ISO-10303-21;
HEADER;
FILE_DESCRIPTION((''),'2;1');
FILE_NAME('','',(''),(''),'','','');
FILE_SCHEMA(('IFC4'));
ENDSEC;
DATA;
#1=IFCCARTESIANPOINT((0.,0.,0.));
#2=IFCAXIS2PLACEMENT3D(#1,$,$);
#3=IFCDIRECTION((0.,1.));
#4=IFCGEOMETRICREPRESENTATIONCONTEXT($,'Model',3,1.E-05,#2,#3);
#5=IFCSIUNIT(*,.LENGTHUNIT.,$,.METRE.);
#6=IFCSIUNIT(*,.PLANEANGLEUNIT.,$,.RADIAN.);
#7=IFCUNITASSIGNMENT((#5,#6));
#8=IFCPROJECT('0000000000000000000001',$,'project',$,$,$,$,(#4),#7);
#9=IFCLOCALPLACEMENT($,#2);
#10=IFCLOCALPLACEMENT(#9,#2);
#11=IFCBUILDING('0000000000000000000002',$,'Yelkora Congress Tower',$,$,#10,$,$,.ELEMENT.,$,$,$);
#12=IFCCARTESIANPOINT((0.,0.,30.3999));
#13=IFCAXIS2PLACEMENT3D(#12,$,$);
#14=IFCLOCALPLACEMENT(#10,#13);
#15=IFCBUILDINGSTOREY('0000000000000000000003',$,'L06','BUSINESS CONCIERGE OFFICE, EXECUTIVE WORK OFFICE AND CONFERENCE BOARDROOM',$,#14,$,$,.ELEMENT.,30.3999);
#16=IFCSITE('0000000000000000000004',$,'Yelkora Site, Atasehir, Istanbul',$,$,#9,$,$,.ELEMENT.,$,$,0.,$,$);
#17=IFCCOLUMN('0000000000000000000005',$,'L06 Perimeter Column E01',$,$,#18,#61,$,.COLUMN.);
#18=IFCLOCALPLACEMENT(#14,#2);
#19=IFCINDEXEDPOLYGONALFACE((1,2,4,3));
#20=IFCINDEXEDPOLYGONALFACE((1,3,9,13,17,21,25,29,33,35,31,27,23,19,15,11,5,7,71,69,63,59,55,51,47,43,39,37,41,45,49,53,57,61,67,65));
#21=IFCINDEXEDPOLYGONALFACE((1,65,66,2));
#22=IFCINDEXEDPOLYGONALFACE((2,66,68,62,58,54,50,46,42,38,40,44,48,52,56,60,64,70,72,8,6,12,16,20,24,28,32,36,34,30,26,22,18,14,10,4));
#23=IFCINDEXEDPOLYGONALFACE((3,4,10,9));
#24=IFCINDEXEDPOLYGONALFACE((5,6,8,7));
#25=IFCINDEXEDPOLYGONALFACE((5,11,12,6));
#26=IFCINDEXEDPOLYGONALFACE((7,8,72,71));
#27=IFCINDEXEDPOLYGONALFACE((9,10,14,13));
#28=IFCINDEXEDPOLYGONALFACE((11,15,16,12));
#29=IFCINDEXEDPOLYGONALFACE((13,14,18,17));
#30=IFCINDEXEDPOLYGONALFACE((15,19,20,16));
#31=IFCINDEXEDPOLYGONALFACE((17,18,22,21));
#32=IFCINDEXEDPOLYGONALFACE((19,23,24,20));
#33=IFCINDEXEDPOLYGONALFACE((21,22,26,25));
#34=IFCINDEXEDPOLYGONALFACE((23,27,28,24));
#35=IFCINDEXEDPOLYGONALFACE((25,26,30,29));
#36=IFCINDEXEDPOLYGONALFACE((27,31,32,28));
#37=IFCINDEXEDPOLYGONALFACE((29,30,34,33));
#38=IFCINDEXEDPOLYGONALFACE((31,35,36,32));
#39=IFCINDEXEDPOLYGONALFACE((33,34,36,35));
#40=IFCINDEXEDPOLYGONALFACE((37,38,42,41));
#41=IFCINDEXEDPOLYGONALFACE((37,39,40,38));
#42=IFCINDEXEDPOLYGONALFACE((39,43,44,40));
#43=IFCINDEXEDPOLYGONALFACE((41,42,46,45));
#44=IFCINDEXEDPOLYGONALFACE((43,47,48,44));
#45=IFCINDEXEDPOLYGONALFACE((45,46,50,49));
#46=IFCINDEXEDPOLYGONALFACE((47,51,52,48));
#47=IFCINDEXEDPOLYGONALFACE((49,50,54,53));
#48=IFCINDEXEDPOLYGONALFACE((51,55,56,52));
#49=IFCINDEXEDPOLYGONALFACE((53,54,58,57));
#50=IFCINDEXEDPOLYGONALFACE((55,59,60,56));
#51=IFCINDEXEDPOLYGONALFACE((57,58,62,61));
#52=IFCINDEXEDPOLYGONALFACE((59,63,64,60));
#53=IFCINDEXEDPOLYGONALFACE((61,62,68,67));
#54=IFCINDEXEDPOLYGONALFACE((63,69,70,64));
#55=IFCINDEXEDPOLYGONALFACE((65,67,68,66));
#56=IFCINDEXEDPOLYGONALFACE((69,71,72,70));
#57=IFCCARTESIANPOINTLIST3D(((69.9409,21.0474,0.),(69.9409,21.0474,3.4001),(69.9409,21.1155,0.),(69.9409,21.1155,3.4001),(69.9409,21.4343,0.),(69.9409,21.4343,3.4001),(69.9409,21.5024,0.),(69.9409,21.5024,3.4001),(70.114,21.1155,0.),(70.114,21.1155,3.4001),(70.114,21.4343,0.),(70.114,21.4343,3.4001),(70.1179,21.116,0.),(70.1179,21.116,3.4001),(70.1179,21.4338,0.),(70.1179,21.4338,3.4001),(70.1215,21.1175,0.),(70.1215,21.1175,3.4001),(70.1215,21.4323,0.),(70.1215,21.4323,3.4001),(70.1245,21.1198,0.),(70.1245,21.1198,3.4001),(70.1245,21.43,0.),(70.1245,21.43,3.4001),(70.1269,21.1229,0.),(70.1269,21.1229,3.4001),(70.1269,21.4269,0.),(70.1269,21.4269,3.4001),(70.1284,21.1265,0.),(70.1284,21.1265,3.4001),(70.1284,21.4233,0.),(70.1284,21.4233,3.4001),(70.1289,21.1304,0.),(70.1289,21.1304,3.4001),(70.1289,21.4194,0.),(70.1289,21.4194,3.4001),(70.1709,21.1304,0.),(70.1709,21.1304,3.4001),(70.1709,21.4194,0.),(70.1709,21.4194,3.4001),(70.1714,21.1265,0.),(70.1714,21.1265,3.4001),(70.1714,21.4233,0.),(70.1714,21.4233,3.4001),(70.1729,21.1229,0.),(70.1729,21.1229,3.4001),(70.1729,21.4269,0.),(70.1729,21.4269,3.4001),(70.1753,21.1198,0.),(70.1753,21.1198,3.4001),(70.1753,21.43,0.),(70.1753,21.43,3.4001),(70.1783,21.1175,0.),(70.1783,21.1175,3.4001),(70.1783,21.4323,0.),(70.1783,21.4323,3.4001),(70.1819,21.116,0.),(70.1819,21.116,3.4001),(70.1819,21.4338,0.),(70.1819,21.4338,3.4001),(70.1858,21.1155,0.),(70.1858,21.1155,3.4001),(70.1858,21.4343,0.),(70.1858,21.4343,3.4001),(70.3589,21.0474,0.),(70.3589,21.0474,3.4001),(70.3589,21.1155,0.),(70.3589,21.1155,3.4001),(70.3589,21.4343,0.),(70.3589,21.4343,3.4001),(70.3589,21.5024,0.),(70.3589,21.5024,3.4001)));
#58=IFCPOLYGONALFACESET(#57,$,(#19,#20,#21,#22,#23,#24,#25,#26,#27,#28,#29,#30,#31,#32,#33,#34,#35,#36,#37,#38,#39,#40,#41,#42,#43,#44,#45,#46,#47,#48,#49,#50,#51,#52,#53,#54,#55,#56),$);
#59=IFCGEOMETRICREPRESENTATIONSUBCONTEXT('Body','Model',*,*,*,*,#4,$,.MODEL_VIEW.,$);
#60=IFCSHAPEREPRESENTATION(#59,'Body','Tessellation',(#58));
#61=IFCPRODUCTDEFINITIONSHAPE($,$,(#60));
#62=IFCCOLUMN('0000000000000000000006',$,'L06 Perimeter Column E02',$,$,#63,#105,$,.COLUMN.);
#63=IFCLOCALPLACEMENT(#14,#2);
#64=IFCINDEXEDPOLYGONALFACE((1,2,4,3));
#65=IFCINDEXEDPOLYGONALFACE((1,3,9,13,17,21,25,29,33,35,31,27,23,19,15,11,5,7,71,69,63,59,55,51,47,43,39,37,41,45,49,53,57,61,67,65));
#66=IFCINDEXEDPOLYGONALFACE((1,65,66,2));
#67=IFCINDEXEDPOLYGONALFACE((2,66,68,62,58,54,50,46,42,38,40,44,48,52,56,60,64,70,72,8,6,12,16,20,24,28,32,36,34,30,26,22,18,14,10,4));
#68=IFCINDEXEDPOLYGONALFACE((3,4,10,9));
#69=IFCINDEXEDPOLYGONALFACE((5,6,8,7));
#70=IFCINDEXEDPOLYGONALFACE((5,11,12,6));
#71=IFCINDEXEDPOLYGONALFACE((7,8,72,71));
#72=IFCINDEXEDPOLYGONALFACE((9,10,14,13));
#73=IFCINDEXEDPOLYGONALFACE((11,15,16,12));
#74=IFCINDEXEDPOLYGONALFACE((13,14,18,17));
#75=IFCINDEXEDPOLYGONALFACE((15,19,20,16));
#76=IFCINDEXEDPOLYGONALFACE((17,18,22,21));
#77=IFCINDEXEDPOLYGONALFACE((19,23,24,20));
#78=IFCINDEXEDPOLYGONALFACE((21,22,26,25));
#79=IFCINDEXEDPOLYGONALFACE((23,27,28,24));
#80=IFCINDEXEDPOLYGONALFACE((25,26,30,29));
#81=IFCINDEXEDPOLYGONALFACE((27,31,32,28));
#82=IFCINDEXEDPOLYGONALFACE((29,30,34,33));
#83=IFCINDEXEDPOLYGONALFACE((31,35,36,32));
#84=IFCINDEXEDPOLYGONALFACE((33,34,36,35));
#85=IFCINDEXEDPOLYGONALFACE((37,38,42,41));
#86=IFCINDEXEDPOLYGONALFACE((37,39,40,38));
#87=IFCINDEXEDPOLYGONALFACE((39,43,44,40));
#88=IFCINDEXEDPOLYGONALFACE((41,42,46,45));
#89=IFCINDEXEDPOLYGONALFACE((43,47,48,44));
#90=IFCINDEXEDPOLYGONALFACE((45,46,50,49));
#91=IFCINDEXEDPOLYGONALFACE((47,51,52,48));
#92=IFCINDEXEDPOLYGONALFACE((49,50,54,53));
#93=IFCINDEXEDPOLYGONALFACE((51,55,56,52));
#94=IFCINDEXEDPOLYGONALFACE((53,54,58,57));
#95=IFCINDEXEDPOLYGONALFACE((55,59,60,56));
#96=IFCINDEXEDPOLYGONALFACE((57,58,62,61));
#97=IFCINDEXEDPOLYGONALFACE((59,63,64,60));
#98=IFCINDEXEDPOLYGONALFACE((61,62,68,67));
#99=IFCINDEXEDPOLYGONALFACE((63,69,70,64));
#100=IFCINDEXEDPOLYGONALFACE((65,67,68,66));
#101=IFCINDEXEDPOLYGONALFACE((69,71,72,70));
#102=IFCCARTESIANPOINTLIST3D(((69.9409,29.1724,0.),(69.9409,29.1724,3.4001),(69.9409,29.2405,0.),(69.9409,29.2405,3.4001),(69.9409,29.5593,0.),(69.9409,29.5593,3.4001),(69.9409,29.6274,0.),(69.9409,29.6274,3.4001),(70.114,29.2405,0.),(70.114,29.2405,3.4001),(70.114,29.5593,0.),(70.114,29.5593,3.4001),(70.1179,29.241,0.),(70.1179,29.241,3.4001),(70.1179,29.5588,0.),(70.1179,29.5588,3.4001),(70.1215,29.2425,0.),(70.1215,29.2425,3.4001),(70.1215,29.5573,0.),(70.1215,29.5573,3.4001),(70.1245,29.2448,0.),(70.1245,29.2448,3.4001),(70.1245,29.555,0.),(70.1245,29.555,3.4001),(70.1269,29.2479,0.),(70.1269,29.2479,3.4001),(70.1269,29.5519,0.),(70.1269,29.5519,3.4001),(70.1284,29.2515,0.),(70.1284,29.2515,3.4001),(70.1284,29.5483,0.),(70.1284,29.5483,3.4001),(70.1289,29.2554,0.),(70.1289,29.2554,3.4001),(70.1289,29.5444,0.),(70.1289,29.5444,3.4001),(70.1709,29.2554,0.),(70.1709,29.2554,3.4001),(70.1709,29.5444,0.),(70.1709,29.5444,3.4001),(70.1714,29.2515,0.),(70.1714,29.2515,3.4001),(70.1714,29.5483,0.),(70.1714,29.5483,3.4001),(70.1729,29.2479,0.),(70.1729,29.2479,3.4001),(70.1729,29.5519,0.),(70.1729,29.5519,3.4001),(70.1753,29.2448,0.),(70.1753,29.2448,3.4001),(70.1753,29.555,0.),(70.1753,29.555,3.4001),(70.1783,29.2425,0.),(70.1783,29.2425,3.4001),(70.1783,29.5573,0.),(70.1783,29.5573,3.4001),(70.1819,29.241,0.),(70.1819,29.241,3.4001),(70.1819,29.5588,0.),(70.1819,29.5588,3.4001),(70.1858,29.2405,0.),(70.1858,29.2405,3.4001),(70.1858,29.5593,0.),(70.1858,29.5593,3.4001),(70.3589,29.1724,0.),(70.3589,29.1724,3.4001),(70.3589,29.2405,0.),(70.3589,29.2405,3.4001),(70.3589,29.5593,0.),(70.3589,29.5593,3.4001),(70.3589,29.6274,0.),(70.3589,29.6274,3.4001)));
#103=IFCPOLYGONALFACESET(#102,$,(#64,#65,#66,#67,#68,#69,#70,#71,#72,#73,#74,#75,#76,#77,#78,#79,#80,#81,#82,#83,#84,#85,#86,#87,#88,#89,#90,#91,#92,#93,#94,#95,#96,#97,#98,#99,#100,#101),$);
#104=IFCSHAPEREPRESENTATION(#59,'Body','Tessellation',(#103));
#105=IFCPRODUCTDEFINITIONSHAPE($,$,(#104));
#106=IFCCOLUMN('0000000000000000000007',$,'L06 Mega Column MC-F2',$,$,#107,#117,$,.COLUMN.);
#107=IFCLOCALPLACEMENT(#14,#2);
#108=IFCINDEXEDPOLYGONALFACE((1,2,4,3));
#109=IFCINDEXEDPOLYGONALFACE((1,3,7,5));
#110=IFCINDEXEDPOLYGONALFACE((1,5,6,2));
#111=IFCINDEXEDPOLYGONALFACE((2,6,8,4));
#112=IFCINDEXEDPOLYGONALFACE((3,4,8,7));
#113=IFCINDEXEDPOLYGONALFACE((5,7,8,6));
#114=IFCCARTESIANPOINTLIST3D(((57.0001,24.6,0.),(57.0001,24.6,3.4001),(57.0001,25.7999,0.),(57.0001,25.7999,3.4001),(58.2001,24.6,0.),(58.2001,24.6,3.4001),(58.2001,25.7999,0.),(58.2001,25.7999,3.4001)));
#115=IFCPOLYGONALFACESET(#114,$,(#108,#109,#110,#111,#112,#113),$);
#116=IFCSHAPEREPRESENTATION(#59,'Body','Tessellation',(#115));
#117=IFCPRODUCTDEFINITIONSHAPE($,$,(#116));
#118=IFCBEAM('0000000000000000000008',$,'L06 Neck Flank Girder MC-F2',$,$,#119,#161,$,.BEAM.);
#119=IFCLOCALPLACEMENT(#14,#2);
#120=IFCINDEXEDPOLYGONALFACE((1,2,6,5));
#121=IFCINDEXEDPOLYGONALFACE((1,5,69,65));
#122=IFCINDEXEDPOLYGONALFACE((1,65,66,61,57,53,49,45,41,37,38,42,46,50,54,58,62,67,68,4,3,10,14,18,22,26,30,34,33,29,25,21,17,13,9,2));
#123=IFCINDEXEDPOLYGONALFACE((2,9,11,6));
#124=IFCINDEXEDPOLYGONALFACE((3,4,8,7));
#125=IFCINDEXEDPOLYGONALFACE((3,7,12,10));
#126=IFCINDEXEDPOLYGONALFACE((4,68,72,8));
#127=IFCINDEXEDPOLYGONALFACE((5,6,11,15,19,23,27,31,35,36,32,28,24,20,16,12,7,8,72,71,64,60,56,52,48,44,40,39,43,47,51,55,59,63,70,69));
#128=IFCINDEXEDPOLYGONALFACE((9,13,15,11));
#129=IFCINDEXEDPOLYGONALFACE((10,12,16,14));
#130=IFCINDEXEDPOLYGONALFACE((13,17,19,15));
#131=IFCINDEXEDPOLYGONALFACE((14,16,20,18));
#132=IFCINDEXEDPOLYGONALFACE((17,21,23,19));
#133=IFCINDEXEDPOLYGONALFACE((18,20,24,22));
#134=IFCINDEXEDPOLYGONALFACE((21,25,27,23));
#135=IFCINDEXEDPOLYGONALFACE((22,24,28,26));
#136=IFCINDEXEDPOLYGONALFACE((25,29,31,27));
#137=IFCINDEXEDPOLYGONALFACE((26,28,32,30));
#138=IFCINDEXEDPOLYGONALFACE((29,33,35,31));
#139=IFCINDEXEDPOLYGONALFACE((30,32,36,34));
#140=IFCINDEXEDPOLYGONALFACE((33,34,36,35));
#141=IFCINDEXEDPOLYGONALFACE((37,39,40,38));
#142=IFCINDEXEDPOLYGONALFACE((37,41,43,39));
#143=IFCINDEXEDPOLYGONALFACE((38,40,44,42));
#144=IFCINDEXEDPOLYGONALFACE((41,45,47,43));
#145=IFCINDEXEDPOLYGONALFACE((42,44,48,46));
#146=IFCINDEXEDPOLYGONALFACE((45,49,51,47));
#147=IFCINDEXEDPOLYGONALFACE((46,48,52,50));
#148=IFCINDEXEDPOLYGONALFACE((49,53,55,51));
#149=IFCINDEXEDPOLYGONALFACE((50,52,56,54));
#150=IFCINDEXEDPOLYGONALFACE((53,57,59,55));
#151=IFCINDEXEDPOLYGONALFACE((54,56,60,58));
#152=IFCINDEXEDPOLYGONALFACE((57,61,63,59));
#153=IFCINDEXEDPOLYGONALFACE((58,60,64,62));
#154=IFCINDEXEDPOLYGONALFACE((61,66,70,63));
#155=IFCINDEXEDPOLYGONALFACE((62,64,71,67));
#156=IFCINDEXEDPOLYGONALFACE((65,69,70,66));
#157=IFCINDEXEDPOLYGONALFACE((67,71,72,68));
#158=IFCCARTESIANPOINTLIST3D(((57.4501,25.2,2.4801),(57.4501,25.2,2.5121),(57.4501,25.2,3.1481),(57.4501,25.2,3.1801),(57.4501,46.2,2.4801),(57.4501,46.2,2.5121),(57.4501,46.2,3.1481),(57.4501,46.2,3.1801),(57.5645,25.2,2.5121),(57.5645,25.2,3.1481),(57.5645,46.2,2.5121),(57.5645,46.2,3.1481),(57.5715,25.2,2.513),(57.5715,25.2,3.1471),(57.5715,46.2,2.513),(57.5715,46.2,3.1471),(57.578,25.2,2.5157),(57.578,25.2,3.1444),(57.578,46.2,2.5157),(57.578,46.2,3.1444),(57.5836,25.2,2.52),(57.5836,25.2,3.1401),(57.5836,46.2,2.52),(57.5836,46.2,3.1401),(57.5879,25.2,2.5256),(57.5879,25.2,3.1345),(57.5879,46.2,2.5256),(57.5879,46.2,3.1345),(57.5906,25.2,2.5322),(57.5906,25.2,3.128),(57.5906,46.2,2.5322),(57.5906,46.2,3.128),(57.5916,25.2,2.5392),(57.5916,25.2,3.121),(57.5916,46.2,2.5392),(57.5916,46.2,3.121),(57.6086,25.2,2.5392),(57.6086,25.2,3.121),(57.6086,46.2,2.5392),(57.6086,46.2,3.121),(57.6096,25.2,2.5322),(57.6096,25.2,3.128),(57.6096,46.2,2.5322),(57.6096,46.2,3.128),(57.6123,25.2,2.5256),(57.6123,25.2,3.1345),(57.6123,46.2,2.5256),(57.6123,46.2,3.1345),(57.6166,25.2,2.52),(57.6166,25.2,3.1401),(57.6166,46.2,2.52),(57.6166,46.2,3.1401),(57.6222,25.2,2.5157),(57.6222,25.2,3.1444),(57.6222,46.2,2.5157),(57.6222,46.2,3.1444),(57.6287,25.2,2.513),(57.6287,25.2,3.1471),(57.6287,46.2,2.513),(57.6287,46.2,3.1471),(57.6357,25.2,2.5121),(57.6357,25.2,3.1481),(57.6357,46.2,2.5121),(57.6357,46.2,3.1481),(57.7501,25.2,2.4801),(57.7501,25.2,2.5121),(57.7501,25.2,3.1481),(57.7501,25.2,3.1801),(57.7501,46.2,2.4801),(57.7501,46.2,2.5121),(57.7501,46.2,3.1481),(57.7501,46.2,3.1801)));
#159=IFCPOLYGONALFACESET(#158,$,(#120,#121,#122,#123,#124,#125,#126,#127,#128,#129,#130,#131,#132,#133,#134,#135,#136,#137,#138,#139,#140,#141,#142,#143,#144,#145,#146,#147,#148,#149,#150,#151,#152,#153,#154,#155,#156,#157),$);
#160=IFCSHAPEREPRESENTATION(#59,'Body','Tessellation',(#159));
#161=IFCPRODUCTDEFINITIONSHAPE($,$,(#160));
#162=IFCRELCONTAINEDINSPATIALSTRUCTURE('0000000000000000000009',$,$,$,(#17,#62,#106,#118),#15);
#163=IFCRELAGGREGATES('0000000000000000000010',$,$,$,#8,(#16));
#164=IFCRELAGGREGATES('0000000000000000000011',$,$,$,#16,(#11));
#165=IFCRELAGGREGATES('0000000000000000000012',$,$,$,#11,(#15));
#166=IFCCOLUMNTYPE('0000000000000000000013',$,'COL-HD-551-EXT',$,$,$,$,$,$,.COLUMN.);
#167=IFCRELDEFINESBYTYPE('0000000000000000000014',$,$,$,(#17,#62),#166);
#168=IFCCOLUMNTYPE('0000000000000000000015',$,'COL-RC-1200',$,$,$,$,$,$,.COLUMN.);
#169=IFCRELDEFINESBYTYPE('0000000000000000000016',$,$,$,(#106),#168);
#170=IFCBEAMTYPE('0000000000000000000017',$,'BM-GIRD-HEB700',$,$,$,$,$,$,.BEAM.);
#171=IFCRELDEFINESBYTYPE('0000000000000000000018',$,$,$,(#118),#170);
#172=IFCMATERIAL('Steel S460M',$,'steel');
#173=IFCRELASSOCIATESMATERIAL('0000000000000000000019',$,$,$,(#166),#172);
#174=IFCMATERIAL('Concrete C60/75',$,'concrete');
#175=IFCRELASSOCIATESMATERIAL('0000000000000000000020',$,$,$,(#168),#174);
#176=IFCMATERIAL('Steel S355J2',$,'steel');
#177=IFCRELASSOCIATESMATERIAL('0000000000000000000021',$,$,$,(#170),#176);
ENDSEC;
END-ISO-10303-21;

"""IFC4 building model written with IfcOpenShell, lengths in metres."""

from ifc_helpers import new_model, si_unit, direction, frame, origin, origin_2d, place, context, subcontext, project, spatial, rectangle, i_section, extrude, material, material_profile, profile_set, type_object, element, save


model = new_model("IFC4")

# Units and contexts
model_context = context("Model", 3, precision=1e-05, world=origin(), true_north=direction((0.0, 1.0)))
body_context = subcontext(model_context, "Body", "Model", "MODEL_VIEW")
ifc_project = project(units=[si_unit("LENGTHUNIT", "METRE"), si_unit("PLANEANGLEUNIT", "RADIAN")], contexts=[model_context])

# Site, building, storey
site_placement = place(None, origin())
site = spatial("IfcSite", under=ifc_project, at=site_placement, Name="Yelkora Site, Atasehir, Istanbul", CompositionType="ELEMENT", RefElevation=0.0)
building_placement = place(site_placement, origin())
building = spatial("IfcBuilding", under=site, at=building_placement, Name="Yelkora Congress Tower", CompositionType="ELEMENT")
storey_placement = place(building_placement, frame((0.0, 0.0, 30.3999)))
storey = spatial("IfcBuildingStorey", under=building, at=storey_placement, Name="L06", Description="BUSINESS CONCIERGE OFFICE, EXECUTIVE WORK OFFICE AND CONFERENCE BOARDROOM", CompositionType="ELEMENT", Elevation=30.3999)

# Columns
ifc_material_1 = material(Name="Steel S460M", Category="steel")
ifc_material_profile_1 = material_profile(ifc_material_1, i_section(OverallWidth=0.418, OverallDepth=0.4551, WebThickness=0.042, FlangeThickness=0.0681, FilletRadius=0.0149, at=origin_2d()), Name="HD 400x551")
ifc_profile_set_1 = profile_set([ifc_material_profile_1], Name="Steel S460M")
column_type_1 = type_object("IfcColumnType", Name="COL-HD-551-EXT", PredefinedType="COLUMN", material=ifc_profile_set_1)
for number, where, z_axis, x_axis, name in (
    (1, (70.1499, 21.2749, 0.0), (0.0, 0.0, 1.0), (1.0, 0.0, 0.0), "L06 Perimeter Column E01"),
    (2, (70.1499, 29.3999, 0.0), (0.0, 0.0, 1.0), (1.0, 0.0, 0.0), "L06 Perimeter Column E02"),
):
    element("IfcColumn", number, at=place(storey_placement, frame(where, z_axis=z_axis, x_axis=x_axis)), inside=storey, type_object=column_type_1, Name=name, PredefinedType="COLUMN", context=body_context, shape_type="SweptSolid", body=[
        extrude(i_section(OverallWidth=0.418, OverallDepth=0.4551, WebThickness=0.042, FlangeThickness=0.0681, FilletRadius=0.0149, at=origin_2d()), origin(), (0.0, 0.0, 1.0), 3.4001),
    ])
ifc_material_2 = material(Name="Concrete C60/75", Category="concrete")
ifc_material_profile_2 = material_profile(ifc_material_2, rectangle(XDim=1.2, YDim=1.2, at=origin_2d()), Name="RC 1200x1200")
ifc_profile_set_2 = profile_set([ifc_material_profile_2], Name="Concrete C60/75")
column_type_2 = type_object("IfcColumnType", Name="COL-RC-1200", PredefinedType="COLUMN", material=ifc_profile_set_2)
column_placement = place(storey_placement, frame((57.6001, 25.2, 0.0), z_axis=(0.0, 0.0, 1.0), x_axis=(1.0, 0.0, 0.0)))
element("IfcColumn", 3, at=column_placement, inside=storey, type_object=column_type_2, Name="L06 Mega Column MC-F2", PredefinedType="COLUMN", context=body_context, shape_type="SweptSolid", body=[
    extrude(rectangle(XDim=1.2, YDim=1.2, at=origin_2d()), origin(), (0.0, 0.0, 1.0), 3.4001),
])

# Beam
ifc_material_3 = material(Name="Steel S355J2", Category="steel")
ifc_material_profile_3 = material_profile(ifc_material_3, i_section(OverallWidth=0.3, OverallDepth=0.7, WebThickness=0.0171, FlangeThickness=0.032, FilletRadius=0.0271, at=origin_2d()), Name="HEB 700")
ifc_profile_set_3 = profile_set([ifc_material_profile_3], Name="Steel S355J2")
beam_type_1 = type_object("IfcBeamType", Name="BM-GIRD-HEB700", PredefinedType="BEAM", material=ifc_profile_set_3)
beam_1_placement = place(storey_placement, frame((57.6001, 25.2, 2.8301), z_axis=(0.0, 1.0, 0.0), x_axis=(-1.0, 0.0, 0.0)))
element("IfcBeam", 4, at=beam_1_placement, inside=storey, type_object=beam_type_1, Name="L06 Neck Flank Girder MC-F2", PredefinedType="BEAM", context=body_context, shape_type="SweptSolid", body=[
    extrude(i_section(OverallWidth=0.3, OverallDepth=0.7, WebThickness=0.0171, FlangeThickness=0.032, FilletRadius=0.0271, at=origin_2d()), origin(), (0.0, 0.0, 1.0), 21.0),
])

save(model, "model.ifc")
